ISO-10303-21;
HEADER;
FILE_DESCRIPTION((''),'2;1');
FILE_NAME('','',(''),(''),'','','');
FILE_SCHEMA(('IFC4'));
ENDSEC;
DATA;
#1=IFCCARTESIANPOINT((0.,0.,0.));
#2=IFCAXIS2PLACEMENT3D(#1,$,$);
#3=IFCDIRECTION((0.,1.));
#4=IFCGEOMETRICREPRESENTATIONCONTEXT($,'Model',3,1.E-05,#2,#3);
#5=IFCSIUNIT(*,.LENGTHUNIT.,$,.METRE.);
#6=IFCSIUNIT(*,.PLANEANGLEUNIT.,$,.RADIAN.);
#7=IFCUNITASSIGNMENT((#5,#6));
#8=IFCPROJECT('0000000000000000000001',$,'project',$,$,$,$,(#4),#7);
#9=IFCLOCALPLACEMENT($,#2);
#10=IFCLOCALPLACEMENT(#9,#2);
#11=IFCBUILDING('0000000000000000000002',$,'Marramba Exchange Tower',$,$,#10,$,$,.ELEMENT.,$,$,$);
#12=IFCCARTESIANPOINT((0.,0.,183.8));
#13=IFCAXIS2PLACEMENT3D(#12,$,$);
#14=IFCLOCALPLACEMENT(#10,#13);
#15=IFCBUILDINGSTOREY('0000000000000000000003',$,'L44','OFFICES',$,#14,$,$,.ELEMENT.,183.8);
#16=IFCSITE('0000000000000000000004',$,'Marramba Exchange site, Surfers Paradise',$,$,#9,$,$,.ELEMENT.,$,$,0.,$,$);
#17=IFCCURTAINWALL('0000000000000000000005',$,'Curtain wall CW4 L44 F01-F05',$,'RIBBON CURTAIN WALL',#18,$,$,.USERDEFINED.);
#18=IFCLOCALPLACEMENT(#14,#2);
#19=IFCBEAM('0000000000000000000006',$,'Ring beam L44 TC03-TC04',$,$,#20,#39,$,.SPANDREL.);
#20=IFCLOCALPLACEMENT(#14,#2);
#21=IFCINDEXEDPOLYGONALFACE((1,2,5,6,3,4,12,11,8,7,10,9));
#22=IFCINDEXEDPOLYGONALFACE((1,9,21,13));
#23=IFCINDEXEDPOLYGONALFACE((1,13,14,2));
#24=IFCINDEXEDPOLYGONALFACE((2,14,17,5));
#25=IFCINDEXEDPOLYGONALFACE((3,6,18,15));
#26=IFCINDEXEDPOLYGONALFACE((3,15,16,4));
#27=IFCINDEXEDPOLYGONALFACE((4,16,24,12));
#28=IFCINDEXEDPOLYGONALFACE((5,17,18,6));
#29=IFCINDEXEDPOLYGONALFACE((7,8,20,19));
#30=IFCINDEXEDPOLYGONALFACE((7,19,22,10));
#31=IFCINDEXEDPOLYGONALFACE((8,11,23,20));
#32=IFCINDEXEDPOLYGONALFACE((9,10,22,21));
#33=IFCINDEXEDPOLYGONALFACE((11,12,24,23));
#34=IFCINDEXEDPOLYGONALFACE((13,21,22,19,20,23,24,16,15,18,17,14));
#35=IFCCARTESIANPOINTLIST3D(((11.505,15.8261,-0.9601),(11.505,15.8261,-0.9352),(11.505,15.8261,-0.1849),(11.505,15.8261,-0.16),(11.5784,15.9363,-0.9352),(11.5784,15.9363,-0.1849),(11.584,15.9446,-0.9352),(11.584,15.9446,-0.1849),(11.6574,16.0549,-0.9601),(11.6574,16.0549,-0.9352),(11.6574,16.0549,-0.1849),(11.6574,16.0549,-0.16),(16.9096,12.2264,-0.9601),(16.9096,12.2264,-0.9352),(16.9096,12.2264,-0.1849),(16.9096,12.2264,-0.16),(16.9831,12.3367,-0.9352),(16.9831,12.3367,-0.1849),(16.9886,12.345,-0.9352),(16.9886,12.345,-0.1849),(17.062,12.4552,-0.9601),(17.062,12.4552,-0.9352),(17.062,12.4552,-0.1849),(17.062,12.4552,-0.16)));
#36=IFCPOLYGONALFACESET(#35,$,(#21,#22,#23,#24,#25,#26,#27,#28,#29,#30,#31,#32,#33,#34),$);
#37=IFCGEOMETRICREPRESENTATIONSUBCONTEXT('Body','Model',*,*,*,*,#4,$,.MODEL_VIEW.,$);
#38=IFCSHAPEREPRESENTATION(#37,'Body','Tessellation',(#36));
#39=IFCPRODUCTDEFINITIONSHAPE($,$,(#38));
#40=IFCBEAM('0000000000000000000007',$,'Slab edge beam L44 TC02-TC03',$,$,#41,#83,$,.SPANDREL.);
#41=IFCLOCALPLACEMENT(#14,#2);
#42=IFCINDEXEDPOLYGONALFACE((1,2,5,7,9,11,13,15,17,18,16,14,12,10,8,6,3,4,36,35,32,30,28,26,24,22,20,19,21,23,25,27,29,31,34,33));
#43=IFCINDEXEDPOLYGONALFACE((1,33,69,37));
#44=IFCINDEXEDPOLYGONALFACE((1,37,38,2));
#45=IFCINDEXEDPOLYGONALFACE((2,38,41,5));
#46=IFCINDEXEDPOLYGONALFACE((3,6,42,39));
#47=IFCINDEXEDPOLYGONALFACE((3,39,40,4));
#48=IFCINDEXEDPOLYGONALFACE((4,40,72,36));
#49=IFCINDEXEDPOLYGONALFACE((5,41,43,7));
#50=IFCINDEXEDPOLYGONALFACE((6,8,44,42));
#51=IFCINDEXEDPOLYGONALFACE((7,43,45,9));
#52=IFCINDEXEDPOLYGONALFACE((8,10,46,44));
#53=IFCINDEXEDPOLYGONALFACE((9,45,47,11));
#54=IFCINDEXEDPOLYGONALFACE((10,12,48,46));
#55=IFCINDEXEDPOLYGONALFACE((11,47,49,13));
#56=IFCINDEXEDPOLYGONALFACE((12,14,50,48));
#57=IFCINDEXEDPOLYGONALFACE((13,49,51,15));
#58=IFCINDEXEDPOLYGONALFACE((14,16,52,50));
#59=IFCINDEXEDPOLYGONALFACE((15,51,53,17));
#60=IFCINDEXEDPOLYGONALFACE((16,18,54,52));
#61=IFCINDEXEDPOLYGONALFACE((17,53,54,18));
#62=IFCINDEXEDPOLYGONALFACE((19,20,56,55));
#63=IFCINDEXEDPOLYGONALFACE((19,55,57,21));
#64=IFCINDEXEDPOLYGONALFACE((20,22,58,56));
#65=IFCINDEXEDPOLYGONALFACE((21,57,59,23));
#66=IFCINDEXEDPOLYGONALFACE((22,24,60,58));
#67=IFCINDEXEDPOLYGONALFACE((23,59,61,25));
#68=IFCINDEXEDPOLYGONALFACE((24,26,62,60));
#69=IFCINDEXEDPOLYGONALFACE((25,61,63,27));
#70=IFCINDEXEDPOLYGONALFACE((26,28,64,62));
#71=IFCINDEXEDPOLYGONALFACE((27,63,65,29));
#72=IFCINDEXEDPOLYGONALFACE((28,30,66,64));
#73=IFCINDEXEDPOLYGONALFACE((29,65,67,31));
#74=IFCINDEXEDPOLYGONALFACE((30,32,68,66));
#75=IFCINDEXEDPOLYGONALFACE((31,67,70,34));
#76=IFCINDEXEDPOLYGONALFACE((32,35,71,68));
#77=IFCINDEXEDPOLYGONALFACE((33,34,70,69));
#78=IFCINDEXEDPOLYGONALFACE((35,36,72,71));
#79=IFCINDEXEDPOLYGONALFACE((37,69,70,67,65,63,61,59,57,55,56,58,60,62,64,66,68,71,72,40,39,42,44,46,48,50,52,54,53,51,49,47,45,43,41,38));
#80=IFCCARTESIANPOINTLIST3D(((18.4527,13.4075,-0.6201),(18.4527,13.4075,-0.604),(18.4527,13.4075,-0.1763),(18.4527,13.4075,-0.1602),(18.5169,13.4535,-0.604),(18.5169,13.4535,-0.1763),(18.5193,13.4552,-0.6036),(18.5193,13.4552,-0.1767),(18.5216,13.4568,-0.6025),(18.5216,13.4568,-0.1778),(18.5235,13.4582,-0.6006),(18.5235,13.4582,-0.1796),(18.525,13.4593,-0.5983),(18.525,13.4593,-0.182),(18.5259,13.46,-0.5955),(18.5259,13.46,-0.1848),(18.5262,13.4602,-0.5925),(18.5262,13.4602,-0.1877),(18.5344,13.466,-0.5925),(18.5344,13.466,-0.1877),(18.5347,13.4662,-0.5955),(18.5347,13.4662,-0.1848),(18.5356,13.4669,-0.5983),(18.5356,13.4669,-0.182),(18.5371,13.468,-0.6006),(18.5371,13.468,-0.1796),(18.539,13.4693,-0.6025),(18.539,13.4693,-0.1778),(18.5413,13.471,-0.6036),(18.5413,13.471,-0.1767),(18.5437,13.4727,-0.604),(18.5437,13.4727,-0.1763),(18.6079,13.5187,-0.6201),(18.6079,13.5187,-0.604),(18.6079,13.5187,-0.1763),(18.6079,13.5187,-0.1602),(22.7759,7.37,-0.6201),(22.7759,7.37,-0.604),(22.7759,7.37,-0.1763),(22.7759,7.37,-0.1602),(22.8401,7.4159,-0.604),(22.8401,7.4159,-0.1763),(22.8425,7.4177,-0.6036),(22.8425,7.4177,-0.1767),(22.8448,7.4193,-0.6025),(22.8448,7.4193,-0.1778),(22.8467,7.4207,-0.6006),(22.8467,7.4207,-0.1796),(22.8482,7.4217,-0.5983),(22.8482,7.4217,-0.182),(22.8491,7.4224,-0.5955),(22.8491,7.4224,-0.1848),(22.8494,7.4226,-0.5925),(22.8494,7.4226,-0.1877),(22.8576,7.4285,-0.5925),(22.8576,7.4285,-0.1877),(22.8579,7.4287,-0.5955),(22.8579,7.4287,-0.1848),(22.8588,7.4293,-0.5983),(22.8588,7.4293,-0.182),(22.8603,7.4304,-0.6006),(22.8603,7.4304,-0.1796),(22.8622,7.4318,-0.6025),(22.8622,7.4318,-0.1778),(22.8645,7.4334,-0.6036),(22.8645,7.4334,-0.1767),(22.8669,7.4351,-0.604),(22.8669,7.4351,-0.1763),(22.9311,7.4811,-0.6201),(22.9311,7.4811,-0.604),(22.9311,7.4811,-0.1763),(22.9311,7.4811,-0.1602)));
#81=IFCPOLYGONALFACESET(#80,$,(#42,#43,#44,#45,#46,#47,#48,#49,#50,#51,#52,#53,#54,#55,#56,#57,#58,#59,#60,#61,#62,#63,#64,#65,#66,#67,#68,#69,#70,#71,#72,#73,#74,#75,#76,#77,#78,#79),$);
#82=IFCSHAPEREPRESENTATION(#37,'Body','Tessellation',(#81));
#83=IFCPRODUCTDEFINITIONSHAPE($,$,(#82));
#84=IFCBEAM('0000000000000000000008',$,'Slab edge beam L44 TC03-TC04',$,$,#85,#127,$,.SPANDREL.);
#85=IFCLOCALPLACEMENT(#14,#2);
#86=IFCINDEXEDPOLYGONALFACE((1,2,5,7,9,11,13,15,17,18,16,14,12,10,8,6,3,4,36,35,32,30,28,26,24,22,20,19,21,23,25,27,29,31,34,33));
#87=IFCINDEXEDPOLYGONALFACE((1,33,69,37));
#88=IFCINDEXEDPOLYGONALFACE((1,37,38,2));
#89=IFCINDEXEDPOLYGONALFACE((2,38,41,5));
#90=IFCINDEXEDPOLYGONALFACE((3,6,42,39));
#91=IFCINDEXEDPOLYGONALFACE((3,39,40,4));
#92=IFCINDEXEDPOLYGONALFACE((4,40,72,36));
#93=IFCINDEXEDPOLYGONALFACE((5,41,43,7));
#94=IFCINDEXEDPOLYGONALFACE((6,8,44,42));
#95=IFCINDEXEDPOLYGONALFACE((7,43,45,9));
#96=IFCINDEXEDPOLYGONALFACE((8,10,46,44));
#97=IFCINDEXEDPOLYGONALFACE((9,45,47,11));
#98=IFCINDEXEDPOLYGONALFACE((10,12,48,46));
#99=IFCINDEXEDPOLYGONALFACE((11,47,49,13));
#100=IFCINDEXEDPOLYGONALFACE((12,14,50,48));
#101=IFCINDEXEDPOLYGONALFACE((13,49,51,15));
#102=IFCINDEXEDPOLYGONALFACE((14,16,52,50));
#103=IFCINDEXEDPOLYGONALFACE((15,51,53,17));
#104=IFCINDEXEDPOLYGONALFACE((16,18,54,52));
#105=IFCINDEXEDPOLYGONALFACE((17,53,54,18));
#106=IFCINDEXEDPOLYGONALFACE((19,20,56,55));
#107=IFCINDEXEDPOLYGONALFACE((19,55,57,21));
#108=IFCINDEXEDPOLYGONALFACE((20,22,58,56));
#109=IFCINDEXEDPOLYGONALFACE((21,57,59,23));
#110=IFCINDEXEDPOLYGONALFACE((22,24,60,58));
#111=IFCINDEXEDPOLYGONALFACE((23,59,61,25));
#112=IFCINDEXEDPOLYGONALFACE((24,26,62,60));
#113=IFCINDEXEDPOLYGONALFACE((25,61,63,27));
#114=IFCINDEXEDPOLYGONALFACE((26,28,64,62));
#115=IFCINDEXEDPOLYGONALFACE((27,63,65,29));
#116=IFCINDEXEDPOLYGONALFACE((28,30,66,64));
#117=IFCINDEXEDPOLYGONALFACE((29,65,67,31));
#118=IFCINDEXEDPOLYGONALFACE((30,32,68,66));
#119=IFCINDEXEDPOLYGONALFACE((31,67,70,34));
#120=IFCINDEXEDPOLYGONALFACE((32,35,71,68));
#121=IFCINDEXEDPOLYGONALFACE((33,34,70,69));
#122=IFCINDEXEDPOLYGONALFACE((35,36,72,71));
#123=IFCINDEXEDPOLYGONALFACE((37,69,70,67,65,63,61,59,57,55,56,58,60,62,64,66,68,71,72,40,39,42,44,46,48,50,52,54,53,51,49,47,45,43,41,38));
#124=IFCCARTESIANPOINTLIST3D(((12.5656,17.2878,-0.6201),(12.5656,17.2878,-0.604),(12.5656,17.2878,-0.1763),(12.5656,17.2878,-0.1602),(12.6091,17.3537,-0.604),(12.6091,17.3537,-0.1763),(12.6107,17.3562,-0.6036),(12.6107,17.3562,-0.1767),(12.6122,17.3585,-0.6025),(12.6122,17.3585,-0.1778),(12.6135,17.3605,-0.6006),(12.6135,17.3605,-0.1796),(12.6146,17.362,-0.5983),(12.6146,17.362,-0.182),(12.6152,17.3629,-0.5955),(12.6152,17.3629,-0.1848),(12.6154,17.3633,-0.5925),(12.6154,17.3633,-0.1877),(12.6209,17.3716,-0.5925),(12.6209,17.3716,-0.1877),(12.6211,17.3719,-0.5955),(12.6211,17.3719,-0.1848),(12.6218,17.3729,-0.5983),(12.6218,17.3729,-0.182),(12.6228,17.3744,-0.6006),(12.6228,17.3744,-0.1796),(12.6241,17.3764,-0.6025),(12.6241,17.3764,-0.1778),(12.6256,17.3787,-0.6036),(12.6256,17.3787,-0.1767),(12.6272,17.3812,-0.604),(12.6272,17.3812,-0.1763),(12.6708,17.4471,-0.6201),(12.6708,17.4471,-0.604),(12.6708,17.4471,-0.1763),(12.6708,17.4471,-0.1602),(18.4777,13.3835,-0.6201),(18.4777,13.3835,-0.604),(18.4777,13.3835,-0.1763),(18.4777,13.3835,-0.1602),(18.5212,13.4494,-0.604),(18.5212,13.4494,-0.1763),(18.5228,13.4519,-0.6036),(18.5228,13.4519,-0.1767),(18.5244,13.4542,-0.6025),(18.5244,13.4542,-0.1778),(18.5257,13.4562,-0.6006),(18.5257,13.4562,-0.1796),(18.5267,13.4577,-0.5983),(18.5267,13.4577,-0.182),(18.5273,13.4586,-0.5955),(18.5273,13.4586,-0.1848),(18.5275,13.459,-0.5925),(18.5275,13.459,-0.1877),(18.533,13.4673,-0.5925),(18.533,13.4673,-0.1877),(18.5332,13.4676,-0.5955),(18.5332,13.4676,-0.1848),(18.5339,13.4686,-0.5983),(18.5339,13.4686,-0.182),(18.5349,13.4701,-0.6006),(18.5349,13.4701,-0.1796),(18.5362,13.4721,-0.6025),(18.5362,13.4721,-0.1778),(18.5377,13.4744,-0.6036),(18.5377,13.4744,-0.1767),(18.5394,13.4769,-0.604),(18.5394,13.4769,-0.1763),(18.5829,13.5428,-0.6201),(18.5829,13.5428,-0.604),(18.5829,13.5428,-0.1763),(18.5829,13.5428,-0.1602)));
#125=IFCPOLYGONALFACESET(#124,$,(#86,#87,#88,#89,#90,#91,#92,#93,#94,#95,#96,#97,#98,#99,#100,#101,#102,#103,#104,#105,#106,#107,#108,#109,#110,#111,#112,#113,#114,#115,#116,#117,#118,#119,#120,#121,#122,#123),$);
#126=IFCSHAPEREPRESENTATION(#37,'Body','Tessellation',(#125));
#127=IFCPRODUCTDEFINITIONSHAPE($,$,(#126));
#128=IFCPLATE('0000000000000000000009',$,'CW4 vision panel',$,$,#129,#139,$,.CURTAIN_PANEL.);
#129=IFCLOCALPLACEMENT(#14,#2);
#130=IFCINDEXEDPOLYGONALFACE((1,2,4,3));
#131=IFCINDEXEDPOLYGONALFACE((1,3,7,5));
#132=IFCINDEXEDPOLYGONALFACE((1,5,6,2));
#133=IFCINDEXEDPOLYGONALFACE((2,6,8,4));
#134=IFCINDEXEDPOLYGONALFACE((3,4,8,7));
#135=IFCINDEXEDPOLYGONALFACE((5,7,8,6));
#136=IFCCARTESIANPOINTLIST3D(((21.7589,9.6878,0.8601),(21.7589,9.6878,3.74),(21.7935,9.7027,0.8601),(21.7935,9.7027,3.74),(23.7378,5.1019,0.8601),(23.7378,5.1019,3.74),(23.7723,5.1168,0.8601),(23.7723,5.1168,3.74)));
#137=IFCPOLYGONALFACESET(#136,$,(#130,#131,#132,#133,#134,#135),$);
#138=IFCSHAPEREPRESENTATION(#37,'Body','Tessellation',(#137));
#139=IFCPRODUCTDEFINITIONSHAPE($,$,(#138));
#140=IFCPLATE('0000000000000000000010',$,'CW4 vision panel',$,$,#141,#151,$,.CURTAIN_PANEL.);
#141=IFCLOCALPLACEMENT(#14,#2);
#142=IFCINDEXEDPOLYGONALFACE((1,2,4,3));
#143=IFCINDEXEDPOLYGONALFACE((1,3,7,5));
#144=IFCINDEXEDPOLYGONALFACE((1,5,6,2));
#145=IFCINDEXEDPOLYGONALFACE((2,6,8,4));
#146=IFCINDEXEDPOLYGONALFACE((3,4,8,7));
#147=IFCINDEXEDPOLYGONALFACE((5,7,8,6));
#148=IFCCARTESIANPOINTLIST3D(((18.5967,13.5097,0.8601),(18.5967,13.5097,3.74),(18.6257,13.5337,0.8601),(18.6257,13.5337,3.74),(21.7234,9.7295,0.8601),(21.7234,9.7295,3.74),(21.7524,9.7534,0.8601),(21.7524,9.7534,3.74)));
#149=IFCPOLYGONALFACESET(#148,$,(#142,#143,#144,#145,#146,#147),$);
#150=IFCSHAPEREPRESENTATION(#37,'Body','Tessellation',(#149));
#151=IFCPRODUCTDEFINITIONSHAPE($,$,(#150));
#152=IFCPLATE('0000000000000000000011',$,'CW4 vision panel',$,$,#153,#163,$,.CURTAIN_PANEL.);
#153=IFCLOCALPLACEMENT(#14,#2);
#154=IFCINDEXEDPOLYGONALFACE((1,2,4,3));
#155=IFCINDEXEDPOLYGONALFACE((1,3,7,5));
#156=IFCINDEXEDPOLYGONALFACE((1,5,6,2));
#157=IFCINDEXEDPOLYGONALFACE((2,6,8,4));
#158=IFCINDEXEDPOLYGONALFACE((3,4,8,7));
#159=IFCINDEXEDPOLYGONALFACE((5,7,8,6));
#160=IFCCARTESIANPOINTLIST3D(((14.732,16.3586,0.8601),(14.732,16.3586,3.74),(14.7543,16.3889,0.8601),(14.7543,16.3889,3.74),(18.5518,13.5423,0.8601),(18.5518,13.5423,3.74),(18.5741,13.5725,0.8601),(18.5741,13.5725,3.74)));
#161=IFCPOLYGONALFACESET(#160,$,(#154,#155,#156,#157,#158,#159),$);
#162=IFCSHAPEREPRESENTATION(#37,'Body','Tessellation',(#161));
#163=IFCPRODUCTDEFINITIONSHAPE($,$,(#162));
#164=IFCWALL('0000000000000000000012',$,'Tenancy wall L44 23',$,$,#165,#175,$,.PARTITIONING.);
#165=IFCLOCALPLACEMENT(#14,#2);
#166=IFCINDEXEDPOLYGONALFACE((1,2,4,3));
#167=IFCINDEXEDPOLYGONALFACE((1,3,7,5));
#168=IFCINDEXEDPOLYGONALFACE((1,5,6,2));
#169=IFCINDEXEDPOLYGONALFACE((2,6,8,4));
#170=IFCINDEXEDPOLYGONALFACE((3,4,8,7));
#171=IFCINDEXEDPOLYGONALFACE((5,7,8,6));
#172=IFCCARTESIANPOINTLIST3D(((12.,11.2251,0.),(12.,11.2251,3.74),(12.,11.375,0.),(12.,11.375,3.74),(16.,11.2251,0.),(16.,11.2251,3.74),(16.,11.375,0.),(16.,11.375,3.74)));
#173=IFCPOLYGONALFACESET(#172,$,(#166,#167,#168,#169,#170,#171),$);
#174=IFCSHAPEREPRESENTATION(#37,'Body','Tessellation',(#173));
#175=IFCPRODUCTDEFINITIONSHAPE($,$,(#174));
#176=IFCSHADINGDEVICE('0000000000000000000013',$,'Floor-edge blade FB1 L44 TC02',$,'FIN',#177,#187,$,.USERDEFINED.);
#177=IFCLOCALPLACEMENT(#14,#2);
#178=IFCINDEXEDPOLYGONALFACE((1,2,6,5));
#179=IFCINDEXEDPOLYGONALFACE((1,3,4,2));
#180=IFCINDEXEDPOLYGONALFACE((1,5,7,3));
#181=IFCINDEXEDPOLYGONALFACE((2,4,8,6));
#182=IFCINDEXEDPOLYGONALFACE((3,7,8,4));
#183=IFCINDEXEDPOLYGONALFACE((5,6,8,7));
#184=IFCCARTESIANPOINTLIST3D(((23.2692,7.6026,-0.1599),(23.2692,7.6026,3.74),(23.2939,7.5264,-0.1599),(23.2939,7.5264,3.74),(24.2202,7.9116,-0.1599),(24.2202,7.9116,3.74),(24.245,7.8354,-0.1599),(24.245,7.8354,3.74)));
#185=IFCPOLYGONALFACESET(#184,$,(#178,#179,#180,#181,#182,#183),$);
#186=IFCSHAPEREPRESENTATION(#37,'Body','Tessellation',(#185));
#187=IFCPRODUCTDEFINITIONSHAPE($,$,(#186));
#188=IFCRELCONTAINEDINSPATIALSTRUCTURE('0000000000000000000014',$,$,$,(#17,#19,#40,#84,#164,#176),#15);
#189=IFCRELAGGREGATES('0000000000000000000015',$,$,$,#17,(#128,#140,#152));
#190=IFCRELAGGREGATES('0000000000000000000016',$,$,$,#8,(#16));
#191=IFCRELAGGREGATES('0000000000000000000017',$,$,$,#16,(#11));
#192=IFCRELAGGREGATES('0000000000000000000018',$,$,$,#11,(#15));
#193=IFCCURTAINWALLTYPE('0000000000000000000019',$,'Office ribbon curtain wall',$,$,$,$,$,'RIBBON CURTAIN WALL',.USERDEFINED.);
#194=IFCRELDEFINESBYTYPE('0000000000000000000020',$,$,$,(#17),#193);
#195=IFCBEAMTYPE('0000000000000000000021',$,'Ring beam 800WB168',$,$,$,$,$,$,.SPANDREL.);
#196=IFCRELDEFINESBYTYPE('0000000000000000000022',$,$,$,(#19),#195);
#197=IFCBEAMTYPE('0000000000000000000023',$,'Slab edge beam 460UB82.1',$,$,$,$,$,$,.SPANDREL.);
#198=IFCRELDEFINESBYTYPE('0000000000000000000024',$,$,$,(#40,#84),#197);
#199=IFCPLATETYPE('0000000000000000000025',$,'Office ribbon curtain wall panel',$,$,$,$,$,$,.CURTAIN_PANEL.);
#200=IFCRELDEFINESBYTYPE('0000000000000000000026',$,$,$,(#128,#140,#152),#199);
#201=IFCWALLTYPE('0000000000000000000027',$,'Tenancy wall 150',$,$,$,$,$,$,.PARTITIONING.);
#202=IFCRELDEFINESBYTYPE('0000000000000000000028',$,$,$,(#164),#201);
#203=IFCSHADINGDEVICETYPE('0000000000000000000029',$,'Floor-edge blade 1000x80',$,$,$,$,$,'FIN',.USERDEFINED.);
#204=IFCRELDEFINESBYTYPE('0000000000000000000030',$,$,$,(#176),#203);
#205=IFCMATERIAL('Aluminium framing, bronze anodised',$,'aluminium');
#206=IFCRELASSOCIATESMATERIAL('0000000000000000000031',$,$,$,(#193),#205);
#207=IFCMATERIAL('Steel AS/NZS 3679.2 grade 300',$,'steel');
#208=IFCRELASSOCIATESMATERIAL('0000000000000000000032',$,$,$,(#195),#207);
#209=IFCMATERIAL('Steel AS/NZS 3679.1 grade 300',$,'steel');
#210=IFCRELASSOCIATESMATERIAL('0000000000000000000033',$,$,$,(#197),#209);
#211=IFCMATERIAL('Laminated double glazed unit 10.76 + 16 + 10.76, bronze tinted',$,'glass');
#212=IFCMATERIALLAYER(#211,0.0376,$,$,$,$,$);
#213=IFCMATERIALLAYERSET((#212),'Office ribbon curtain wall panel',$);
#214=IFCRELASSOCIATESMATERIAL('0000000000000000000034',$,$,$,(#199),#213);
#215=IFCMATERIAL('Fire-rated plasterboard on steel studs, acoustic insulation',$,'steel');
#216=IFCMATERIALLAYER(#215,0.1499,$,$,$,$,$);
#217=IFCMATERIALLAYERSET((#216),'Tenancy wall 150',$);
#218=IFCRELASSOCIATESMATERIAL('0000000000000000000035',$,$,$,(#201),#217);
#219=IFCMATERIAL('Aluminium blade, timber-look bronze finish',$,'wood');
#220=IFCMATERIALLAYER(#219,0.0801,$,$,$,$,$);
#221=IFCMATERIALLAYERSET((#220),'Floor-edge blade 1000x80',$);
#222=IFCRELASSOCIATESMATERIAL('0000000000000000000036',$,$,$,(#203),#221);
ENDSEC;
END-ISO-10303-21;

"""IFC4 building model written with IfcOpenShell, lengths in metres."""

from ifc_helpers import new_model, si_unit, direction, frame, frame_2d, origin, origin_2d, place, context, subcontext, project, spatial, rectangle, i_section, extrude, material, layer, layer_set, material_profile, profile_set, type_object, element, aggregate, save


model = new_model("IFC4")

# Units and contexts
model_context = context("Model", 3, precision=1e-05, world=origin(), true_north=direction((0.0, 1.0)))
body_context = subcontext(model_context, "Body", "Model", "MODEL_VIEW")
ifc_project = project(units=[si_unit("LENGTHUNIT", "METRE"), si_unit("PLANEANGLEUNIT", "RADIAN")], contexts=[model_context])

# Site, building, storey
site_placement = place(None, origin())
site = spatial("IfcSite", under=ifc_project, at=site_placement, Name="Marramba Exchange site, Surfers Paradise", CompositionType="ELEMENT", RefElevation=0.0)
building_placement = place(site_placement, origin())
building = spatial("IfcBuilding", under=site, at=building_placement, Name="Marramba Exchange Tower", CompositionType="ELEMENT")
storey_placement = place(building_placement, frame((0.0, 0.0, 183.8)))
storey = spatial("IfcBuildingStorey", under=building, at=storey_placement, Name="L44", Description="OFFICES", CompositionType="ELEMENT", Elevation=183.8)

# Shared definitions
ifc_material_1 = material(Name="Steel AS/NZS 3679.2 grade 300", Category="steel")
ifc_material_2 = material(Name="Steel AS/NZS 3679.1 grade 300", Category="steel")

# Curtain wall
ifc_material_3 = material(Name="Aluminium framing, bronze anodised", Category="aluminium")
curtain_wall_type = type_object("IfcCurtainWallType", Name="Office ribbon curtain wall", ElementType="RIBBON CURTAIN WALL", PredefinedType="USERDEFINED", material=ifc_material_3)
curtain_wall_placement = place(storey_placement, origin())
curtain_wall = element("IfcCurtainWall", 1, at=curtain_wall_placement, inside=storey, type_object=curtain_wall_type, Name="Curtain wall CW4 L44 F01-F05", ObjectType="RIBBON CURTAIN WALL", PredefinedType="USERDEFINED")

# Beams
ifc_material_profile_1 = material_profile(ifc_material_1, i_section(OverallWidth=0.2749, OverallDepth=0.8, WebThickness=0.01, FlangeThickness=0.0249, at=origin_2d()), Name="800WB168")
ifc_profile_set_1 = profile_set([ifc_material_profile_1], Name="Steel AS/NZS 3679.2 grade 300")
beam_type_1 = type_object("IfcBeamType", Name="Ring beam 800WB168", PredefinedType="SPANDREL", material=ifc_profile_set_1)
beam_1_placement = place(storey_placement, frame((16.9858, 12.3408, -0.5601), z_axis=(-0.832293, 0.554336, 0.0), x_axis=(-0.554336, -0.832293, 0.0)))
element("IfcBeam", 2, at=beam_1_placement, inside=storey, type_object=beam_type_1, Name="Ring beam L44 TC03-TC04", PredefinedType="SPANDREL", context=body_context, shape_type="SweptSolid", body=[
    extrude(i_section(OverallWidth=0.2749, OverallDepth=0.8, WebThickness=0.01, FlangeThickness=0.0249, at=origin_2d()), origin(), (0.0, 0.0, 1.0), 6.4937),
])
ifc_material_profile_2 = material_profile(ifc_material_2, i_section(OverallWidth=0.1909, OverallDepth=0.46, WebThickness=0.01, FlangeThickness=0.0161, FilletRadius=0.0115, at=origin_2d()), Name="460UB82.1")
ifc_profile_set_2 = profile_set([ifc_material_profile_2], Name="Steel AS/NZS 3679.1 grade 300")
beam_type_2 = type_object("IfcBeamType", Name="Slab edge beam 460UB82.1", PredefinedType="SPANDREL", material=ifc_profile_set_2)
beam_2_placement = place(storey_placement, frame((22.8535, 7.4255, -0.3901), z_axis=(-0.582189, 0.813053, 0.0), x_axis=(-0.813053, -0.582189, 0.0)))
element("IfcBeam", 3, at=beam_2_placement, inside=storey, type_object=beam_type_2, Name="Slab edge beam L44 TC02-TC03", PredefinedType="SPANDREL", context=body_context, shape_type="SweptSolid", body=[
    extrude(i_section(OverallWidth=0.1909, OverallDepth=0.46, WebThickness=0.01, FlangeThickness=0.0161, FilletRadius=0.0115, at=origin_2d()), origin(), (0.0, 0.0, 1.0), 7.4258),
])
beam_3_placement = place(storey_placement, frame((18.5303, 13.4631, -0.3901), z_axis=(-0.83446, 0.551069, 0.0), x_axis=(-0.551069, -0.83446, 0.0)))
element("IfcBeam", 4, at=beam_3_placement, inside=storey, type_object=beam_type_2, Name="Slab edge beam L44 TC03-TC04", PredefinedType="SPANDREL", context=body_context, shape_type="SweptSolid", body=[
    extrude(i_section(OverallWidth=0.1909, OverallDepth=0.46, WebThickness=0.01, FlangeThickness=0.0161, FilletRadius=0.0115, at=origin_2d()), origin(), (0.0, 0.0, 1.0), 7.085),
])

# Plates
ifc_material_4 = material(Name="Laminated double glazed unit 10.76 + 16 + 10.76, bronze tinted", Category="glass")
ifc_layer_1 = layer(ifc_material_4, 0.0376)
ifc_layer_set_1 = layer_set([ifc_layer_1], Name="Office ribbon curtain wall panel")
plate_type = type_object("IfcPlateType", Name="Office ribbon curtain wall panel", PredefinedType="CURTAIN_PANEL", material=ifc_layer_set_1)
plate_1_placement = place(storey_placement, frame((22.7656, 7.4023, 0.8601), z_axis=(0.0, 0.0, 1.0), x_axis=(-0.396193, 0.918167, 0.0)))
plate_1 = element("IfcPlate", 5, at=plate_1_placement, type_object=plate_type, Name="CW4 vision panel", PredefinedType="CURTAIN_PANEL", context=body_context, shape_type="SweptSolid", body=[
    extrude(rectangle(XDim=4.9946, YDim=0.0376, at=origin_2d()), origin(), (0.0, 0.0, 1.0), 2.8799),
])
plate_2_placement = place(storey_placement, frame((20.1746, 11.6316, 0.8601), z_axis=(0.0, 0.0, 1.0), x_axis=(-0.63735, 0.770574, 0.0)))
plate_2 = element("IfcPlate", 6, at=plate_2_placement, type_object=plate_type, Name="CW4 vision panel", PredefinedType="CURTAIN_PANEL", context=body_context, shape_type="SweptSolid", body=[
    extrude(rectangle(XDim=4.9058, YDim=0.0376, at=origin_2d()), origin(), (0.0, 0.0, 1.0), 2.8799),
])
plate_3_placement = place(storey_placement, frame((16.6531, 14.9656, 0.8601), z_axis=(0.0, 0.0, 1.0), x_axis=(-0.804877, 0.593441, 0.0)))
plate_3 = element("IfcPlate", 7, at=plate_3_placement, type_object=plate_type, Name="CW4 vision panel", PredefinedType="CURTAIN_PANEL", context=body_context, shape_type="SweptSolid", body=[
    extrude(rectangle(XDim=4.7458, YDim=0.0376, at=origin_2d()), origin(), (0.0, 0.0, 1.0), 2.8799),
])
aggregate(curtain_wall, [plate_1, plate_2, plate_3])

# Wall
ifc_material_5 = material(Name="Fire-rated plasterboard on steel studs, acoustic insulation", Category="steel")
ifc_layer_2 = layer(ifc_material_5, 0.1499)
ifc_layer_set_2 = layer_set([ifc_layer_2], Name="Tenancy wall 150")
wall_type_1 = type_object("IfcWallType", Name="Tenancy wall 150", PredefinedType="PARTITIONING", material=ifc_layer_set_2)
wall_1_placement = place(storey_placement, frame((16.0, 11.3, 0.0), z_axis=(0.0, 0.0, 1.0), x_axis=(-1.0, 0.0, 0.0)))
element("IfcWall", 8, at=wall_1_placement, inside=storey, type_object=wall_type_1, Name="Tenancy wall L44 23", PredefinedType="PARTITIONING", context=body_context, shape_type="SweptSolid", body=[
    extrude(rectangle(XDim=4.0, YDim=0.1499, at=frame_2d((2.0, 0.0))), origin(), (0.0, 0.0, 1.0), 3.74),
])

# Shading device
ifc_material_6 = material(Name="Aluminium blade, timber-look bronze finish", Category="wood")
ifc_layer_3 = layer(ifc_material_6, 0.0801)
ifc_layer_set_3 = layer_set([ifc_layer_3], Name="Floor-edge blade 1000x80")
shading_device_type_1 = type_object("IfcShadingDeviceType", Name="Floor-edge blade 1000x80", ElementType="FIN", PredefinedType="USERDEFINED", material=ifc_layer_set_3)
for number, where, z_axis, x_axis, name in (
    (9, (23.7571, 7.719, -0.1599), (0.0, 0.0, 1.0), (0.951057, 0.309017, 0.0), "Floor-edge blade FB1 L44 TC02"),
):
    element("IfcShadingDevice", number, at=place(storey_placement, frame(where, z_axis=z_axis, x_axis=x_axis)), inside=storey, type_object=shading_device_type_1, Name=name, ObjectType="FIN", PredefinedType="USERDEFINED", context=body_context, shape_type="SweptSolid", body=[
        extrude(rectangle(XDim=1.0, YDim=0.0801, at=origin_2d()), origin(), (0.0, 0.0, 1.0), 3.8999),
    ])

save(model, "model.ifc")
